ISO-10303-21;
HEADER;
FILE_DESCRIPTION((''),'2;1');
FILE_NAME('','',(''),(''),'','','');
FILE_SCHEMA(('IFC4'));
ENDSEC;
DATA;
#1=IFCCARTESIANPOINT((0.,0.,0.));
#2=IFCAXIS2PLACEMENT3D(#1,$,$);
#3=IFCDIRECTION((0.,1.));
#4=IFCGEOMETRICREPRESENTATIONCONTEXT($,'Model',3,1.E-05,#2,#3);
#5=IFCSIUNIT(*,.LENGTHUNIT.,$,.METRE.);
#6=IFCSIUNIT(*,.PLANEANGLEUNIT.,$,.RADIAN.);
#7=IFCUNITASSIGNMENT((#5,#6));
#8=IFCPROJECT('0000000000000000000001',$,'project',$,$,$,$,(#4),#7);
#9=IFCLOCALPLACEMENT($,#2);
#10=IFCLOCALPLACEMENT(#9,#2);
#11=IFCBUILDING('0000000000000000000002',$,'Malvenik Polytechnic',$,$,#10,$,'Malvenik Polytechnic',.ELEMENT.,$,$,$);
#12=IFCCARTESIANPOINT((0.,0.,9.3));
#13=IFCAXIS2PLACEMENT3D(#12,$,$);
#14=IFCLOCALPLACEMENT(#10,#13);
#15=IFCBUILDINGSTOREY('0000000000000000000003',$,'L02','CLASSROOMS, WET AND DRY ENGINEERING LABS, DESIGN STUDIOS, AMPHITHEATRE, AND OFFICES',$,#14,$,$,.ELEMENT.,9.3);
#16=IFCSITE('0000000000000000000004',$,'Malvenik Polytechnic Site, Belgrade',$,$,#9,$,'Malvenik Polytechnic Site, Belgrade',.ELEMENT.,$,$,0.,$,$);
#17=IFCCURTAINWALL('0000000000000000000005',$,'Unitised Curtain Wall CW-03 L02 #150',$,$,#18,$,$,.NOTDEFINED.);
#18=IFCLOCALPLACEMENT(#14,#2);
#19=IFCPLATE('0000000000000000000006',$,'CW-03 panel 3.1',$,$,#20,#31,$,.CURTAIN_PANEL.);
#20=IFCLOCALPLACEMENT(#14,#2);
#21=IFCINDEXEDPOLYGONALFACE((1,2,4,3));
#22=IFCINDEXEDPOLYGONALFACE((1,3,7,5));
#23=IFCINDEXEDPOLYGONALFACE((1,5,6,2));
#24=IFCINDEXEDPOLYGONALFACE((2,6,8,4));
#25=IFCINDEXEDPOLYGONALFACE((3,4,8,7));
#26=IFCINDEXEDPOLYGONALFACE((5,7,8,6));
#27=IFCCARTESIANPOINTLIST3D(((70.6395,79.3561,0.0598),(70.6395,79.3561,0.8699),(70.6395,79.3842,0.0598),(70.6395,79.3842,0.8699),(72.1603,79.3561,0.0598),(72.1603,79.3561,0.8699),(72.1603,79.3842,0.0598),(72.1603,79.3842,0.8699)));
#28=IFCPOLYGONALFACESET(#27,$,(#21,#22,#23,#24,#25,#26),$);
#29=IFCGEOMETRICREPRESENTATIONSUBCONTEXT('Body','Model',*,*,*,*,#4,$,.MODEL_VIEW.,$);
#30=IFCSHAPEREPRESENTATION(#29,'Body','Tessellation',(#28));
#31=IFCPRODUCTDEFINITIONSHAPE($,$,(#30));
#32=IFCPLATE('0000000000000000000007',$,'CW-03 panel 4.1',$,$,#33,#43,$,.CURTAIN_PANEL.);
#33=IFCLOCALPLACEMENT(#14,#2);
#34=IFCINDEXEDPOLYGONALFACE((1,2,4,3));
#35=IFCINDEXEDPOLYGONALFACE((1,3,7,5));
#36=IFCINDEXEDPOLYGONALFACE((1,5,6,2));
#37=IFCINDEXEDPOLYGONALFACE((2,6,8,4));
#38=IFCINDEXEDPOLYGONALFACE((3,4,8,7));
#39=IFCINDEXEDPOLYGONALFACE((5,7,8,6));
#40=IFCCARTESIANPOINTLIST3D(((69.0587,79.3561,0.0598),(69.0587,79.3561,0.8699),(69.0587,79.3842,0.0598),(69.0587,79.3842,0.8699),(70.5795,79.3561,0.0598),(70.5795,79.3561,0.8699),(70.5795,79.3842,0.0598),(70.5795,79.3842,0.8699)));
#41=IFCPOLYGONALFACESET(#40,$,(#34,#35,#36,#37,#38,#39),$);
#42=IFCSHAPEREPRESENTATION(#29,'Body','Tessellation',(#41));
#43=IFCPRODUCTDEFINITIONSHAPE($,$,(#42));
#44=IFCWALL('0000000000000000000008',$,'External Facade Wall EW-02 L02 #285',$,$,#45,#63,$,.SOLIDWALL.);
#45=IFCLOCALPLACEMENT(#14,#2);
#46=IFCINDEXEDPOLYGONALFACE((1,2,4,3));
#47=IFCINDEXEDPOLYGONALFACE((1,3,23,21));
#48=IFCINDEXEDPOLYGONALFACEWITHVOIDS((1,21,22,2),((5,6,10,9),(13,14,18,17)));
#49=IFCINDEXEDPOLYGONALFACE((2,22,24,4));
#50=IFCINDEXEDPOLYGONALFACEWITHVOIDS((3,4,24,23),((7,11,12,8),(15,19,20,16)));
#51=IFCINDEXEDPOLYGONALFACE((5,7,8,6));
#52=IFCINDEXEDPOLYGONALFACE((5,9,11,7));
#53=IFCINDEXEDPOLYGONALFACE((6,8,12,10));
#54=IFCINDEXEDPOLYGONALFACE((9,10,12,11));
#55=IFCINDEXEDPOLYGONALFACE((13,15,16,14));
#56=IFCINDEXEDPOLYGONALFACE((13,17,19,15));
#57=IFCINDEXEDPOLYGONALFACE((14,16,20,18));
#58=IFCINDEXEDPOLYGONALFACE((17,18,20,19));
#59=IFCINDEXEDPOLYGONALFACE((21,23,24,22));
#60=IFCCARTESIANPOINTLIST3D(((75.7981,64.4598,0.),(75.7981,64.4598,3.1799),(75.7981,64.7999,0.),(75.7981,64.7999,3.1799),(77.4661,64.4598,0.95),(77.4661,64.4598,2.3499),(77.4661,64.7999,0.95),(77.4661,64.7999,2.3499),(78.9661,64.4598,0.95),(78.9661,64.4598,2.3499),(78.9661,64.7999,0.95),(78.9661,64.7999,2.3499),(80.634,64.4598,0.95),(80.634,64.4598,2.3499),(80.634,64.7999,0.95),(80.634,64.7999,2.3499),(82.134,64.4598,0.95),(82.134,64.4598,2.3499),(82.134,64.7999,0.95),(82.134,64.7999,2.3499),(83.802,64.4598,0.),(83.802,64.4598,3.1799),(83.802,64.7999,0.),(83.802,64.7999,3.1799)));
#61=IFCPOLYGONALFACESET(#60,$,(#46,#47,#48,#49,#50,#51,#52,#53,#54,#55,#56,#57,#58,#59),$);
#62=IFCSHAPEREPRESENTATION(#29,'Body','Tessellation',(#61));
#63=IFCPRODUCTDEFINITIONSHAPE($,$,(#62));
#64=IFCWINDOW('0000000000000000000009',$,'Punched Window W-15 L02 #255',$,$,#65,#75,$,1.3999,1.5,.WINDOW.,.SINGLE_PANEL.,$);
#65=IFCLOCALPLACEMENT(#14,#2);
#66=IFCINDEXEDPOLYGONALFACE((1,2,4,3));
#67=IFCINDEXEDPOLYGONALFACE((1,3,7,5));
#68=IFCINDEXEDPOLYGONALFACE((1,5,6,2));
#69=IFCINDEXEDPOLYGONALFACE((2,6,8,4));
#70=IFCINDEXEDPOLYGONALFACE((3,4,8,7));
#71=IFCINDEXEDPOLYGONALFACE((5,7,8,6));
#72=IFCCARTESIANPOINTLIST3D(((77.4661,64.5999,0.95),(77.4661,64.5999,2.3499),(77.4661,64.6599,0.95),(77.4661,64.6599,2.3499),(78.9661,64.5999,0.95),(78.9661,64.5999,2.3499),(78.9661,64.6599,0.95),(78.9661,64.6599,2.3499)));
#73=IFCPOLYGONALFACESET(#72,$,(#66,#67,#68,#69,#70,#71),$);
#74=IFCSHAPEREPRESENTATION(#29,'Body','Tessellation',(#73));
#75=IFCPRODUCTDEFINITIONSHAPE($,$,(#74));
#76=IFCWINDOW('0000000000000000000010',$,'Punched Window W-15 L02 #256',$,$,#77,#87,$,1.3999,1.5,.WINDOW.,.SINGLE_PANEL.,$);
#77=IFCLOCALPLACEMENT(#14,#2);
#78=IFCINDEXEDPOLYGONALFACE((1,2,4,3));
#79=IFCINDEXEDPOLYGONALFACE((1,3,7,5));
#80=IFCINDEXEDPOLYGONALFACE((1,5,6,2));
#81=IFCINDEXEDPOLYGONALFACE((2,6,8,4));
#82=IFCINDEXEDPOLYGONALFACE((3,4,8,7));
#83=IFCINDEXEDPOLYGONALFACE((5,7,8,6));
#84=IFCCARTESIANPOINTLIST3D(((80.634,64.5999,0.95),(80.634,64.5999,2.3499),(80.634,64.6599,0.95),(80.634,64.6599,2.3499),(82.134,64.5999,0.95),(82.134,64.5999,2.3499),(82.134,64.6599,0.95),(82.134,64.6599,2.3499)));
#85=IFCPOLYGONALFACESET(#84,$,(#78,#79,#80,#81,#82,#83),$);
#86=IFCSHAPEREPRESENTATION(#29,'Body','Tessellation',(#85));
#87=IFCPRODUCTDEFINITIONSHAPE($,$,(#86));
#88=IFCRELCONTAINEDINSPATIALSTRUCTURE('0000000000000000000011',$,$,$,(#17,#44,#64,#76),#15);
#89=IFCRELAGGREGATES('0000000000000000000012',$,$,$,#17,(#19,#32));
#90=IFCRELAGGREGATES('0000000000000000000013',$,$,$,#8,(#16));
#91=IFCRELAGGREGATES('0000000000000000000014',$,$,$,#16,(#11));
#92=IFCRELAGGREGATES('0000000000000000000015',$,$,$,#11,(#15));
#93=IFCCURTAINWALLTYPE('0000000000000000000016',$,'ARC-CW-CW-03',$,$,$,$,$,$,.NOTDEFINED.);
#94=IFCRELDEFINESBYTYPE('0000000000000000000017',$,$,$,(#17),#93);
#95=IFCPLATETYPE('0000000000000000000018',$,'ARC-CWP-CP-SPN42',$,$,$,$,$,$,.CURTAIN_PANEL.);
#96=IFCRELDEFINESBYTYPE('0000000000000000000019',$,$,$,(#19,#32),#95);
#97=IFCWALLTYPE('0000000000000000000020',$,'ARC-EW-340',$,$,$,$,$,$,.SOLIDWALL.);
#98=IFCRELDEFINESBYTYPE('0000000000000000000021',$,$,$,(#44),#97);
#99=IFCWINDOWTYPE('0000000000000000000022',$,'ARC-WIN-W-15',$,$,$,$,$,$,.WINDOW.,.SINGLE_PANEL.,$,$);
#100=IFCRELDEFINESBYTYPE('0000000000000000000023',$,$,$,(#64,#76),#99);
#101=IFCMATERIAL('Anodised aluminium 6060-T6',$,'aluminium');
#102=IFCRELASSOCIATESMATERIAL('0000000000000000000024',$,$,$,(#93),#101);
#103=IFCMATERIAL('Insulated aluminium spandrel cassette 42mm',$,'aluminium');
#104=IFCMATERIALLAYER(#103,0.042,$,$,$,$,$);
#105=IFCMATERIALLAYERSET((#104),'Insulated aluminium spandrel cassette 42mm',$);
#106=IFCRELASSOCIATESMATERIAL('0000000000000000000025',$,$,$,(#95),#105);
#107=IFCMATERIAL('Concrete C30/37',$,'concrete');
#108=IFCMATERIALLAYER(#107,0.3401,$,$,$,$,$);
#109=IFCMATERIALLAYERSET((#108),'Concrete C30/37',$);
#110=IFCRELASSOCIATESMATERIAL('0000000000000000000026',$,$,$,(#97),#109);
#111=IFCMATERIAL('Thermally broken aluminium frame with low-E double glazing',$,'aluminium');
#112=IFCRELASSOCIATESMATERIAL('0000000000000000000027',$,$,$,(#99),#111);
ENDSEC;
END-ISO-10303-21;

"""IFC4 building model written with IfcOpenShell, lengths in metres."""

from ifc_helpers import new_model, si_unit, direction, frame, frame_2d, origin, origin_2d, place, context, subcontext, project, spatial, rectangle, extrude, material, layer, layer_set, type_object, element, fill, aggregate, save


model = new_model("IFC4")

# Units and contexts
model_context = context("Model", 3, precision=1e-05, world=origin(), true_north=direction((0.0, 1.0)))
body_context = subcontext(model_context, "Body", "Model", "MODEL_VIEW")
ifc_project = project(units=[si_unit("LENGTHUNIT", "METRE"), si_unit("PLANEANGLEUNIT", "RADIAN")], contexts=[model_context])

# Site, building, storey
site_placement = place(None, origin())
site = spatial("IfcSite", under=ifc_project, at=site_placement, Name="Malvenik Polytechnic Site, Belgrade", LongName="Malvenik Polytechnic Site, Belgrade", CompositionType="ELEMENT", RefElevation=0.0)
building_placement = place(site_placement, origin())
building = spatial("IfcBuilding", under=site, at=building_placement, Name="Malvenik Polytechnic", LongName="Malvenik Polytechnic", CompositionType="ELEMENT")
storey_placement = place(building_placement, frame((0.0, 0.0, 9.3)))
storey = spatial("IfcBuildingStorey", under=building, at=storey_placement, Name="L02", Description="CLASSROOMS, WET AND DRY ENGINEERING LABS, DESIGN STUDIOS, AMPHITHEATRE, AND OFFICES", CompositionType="ELEMENT", Elevation=9.3)

# Curtain wall
ifc_material_1 = material(Name="Anodised aluminium 6060-T6", Category="aluminium")
curtain_wall_type = type_object("IfcCurtainWallType", Name="ARC-CW-CW-03", PredefinedType="NOTDEFINED", material=ifc_material_1)
curtain_wall_placement = place(storey_placement, origin())
curtain_wall = element("IfcCurtainWall", 1, at=curtain_wall_placement, inside=storey, type_object=curtain_wall_type, Name="Unitised Curtain Wall CW-03 L02 #150", PredefinedType="NOTDEFINED")

# Plates
ifc_material_2 = material(Name="Insulated aluminium spandrel cassette 42mm", Category="aluminium")
ifc_layer_1 = layer(ifc_material_2, 0.042)
ifc_layer_set_1 = layer_set([ifc_layer_1], Name="Insulated aluminium spandrel cassette 42mm")
plate_type_1 = type_object("IfcPlateType", Name="ARC-CWP-CP-SPN42", PredefinedType="CURTAIN_PANEL", material=ifc_layer_set_1)
plate_1_placement = place(storey_placement, frame((71.3999, 79.3701, 0.0598), z_axis=(0.0, 0.0, 1.0), x_axis=(-1.0, 0.0, 0.0)))
plate_1 = element("IfcPlate", 2, at=plate_1_placement, type_object=plate_type_1, Name="CW-03 panel 3.1", PredefinedType="CURTAIN_PANEL", context=body_context, shape_type="SweptSolid", body=[
    extrude(rectangle(XDim=1.5208, YDim=0.0281, at=origin_2d()), origin(), (0.0, 0.0, 1.0), 0.8101),
])
plate_2_placement = place(storey_placement, frame((69.8191, 79.3701, 0.0598), z_axis=(0.0, 0.0, 1.0), x_axis=(-1.0, 0.0, 0.0)))
plate_2 = element("IfcPlate", 3, at=plate_2_placement, type_object=plate_type_1, Name="CW-03 panel 4.1", PredefinedType="CURTAIN_PANEL", context=body_context, shape_type="SweptSolid", body=[
    extrude(rectangle(XDim=1.5208, YDim=0.0281, at=origin_2d()), origin(), (0.0, 0.0, 1.0), 0.8101),
])
aggregate(curtain_wall, [plate_1, plate_2])

# Wall, openings, windows
ifc_material_3 = material(Name="Concrete C30/37", Category="concrete")
ifc_layer_2 = layer(ifc_material_3, 0.3401)
ifc_layer_set_2 = layer_set([ifc_layer_2], Name="Concrete C30/37")
wall_type = type_object("IfcWallType", Name="ARC-EW-340", PredefinedType="SOLIDWALL", material=ifc_layer_set_2)
wall_placement = place(storey_placement, frame((75.7981, 64.6299, 0.0), z_axis=(0.0, 0.0, 1.0), x_axis=(1.0, 0.0, 0.0)))
wall = element("IfcWall", 4, at=wall_placement, inside=storey, type_object=wall_type, Name="External Facade Wall EW-02 L02 #285", PredefinedType="SOLIDWALL", context=body_context, shape_type="SweptSolid", body=[
    extrude(rectangle(XDim=8.0039, YDim=0.3401, at=frame_2d((4.002, 0.0))), origin(), (0.0, 0.0, 1.0), 3.1799),
])
opening_1_placement = place(wall_placement, frame((1.668, 0.0, 0.95)))
opening_1 = element("IfcOpeningElement", 5, at=opening_1_placement, cuts=wall, PredefinedType="OPENING", context=body_context, shape_type="SweptSolid", body=[
    extrude(rectangle(XDim=1.5, YDim=1.3999, at=frame_2d((0.75, 0.7))), frame((0.0, 0.1802, 0.0), z_axis=(0.0, -1.0, 0.0), x_axis=(1.0, 0.0, 0.0)), (0.0, 0.0, 1.0), 0.3601),
])
opening_2_placement = place(wall_placement, frame((4.8359, 0.0, 0.95)))
opening_2 = element("IfcOpeningElement", 6, at=opening_2_placement, cuts=wall, PredefinedType="OPENING", context=body_context, shape_type="SweptSolid", body=[
    extrude(rectangle(XDim=1.5, YDim=1.3999, at=frame_2d((0.75, 0.7))), frame((0.0, 0.1802, 0.0), z_axis=(0.0, -1.0, 0.0), x_axis=(1.0, 0.0, 0.0)), (0.0, 0.0, 1.0), 0.3601),
])
ifc_material_4 = material(Name="Thermally broken aluminium frame with low-E double glazing", Category="aluminium")
window_type = type_object("IfcWindowType", Name="ARC-WIN-W-15", PartitioningType="SINGLE_PANEL", PredefinedType="WINDOW", material=ifc_material_4)
window_1_placement = place(opening_1_placement, origin())
window_1 = element("IfcWindow", 7, at=window_1_placement, inside=storey, type_object=window_type, Name="Punched Window W-15 L02 #255", OverallHeight=1.3999, OverallWidth=1.5, PartitioningType="SINGLE_PANEL", PredefinedType="WINDOW", context=body_context, shape_type="SweptSolid", body=[
    extrude(rectangle(XDim=1.5, YDim=1.3999, at=frame_2d((0.75, 0.7))), frame((0.0, 0.03, 0.0), z_axis=(0.0, -1.0, 0.0), x_axis=(1.0, 0.0, 0.0)), (0.0, 0.0, 1.0), 0.0601),
])
fill(opening_1, window_1)
window_2_placement = place(opening_2_placement, origin())
window_2 = element("IfcWindow", 8, at=window_2_placement, inside=storey, type_object=window_type, Name="Punched Window W-15 L02 #256", OverallHeight=1.3999, OverallWidth=1.5, PartitioningType="SINGLE_PANEL", PredefinedType="WINDOW", context=body_context, shape_type="SweptSolid", body=[
    extrude(rectangle(XDim=1.5, YDim=1.3999, at=frame_2d((0.75, 0.7))), frame((0.0, 0.03, 0.0), z_axis=(0.0, -1.0, 0.0), x_axis=(1.0, 0.0, 0.0)), (0.0, 0.0, 1.0), 0.0601),
])
fill(opening_2, window_2)

save(model, "model.ifc")
